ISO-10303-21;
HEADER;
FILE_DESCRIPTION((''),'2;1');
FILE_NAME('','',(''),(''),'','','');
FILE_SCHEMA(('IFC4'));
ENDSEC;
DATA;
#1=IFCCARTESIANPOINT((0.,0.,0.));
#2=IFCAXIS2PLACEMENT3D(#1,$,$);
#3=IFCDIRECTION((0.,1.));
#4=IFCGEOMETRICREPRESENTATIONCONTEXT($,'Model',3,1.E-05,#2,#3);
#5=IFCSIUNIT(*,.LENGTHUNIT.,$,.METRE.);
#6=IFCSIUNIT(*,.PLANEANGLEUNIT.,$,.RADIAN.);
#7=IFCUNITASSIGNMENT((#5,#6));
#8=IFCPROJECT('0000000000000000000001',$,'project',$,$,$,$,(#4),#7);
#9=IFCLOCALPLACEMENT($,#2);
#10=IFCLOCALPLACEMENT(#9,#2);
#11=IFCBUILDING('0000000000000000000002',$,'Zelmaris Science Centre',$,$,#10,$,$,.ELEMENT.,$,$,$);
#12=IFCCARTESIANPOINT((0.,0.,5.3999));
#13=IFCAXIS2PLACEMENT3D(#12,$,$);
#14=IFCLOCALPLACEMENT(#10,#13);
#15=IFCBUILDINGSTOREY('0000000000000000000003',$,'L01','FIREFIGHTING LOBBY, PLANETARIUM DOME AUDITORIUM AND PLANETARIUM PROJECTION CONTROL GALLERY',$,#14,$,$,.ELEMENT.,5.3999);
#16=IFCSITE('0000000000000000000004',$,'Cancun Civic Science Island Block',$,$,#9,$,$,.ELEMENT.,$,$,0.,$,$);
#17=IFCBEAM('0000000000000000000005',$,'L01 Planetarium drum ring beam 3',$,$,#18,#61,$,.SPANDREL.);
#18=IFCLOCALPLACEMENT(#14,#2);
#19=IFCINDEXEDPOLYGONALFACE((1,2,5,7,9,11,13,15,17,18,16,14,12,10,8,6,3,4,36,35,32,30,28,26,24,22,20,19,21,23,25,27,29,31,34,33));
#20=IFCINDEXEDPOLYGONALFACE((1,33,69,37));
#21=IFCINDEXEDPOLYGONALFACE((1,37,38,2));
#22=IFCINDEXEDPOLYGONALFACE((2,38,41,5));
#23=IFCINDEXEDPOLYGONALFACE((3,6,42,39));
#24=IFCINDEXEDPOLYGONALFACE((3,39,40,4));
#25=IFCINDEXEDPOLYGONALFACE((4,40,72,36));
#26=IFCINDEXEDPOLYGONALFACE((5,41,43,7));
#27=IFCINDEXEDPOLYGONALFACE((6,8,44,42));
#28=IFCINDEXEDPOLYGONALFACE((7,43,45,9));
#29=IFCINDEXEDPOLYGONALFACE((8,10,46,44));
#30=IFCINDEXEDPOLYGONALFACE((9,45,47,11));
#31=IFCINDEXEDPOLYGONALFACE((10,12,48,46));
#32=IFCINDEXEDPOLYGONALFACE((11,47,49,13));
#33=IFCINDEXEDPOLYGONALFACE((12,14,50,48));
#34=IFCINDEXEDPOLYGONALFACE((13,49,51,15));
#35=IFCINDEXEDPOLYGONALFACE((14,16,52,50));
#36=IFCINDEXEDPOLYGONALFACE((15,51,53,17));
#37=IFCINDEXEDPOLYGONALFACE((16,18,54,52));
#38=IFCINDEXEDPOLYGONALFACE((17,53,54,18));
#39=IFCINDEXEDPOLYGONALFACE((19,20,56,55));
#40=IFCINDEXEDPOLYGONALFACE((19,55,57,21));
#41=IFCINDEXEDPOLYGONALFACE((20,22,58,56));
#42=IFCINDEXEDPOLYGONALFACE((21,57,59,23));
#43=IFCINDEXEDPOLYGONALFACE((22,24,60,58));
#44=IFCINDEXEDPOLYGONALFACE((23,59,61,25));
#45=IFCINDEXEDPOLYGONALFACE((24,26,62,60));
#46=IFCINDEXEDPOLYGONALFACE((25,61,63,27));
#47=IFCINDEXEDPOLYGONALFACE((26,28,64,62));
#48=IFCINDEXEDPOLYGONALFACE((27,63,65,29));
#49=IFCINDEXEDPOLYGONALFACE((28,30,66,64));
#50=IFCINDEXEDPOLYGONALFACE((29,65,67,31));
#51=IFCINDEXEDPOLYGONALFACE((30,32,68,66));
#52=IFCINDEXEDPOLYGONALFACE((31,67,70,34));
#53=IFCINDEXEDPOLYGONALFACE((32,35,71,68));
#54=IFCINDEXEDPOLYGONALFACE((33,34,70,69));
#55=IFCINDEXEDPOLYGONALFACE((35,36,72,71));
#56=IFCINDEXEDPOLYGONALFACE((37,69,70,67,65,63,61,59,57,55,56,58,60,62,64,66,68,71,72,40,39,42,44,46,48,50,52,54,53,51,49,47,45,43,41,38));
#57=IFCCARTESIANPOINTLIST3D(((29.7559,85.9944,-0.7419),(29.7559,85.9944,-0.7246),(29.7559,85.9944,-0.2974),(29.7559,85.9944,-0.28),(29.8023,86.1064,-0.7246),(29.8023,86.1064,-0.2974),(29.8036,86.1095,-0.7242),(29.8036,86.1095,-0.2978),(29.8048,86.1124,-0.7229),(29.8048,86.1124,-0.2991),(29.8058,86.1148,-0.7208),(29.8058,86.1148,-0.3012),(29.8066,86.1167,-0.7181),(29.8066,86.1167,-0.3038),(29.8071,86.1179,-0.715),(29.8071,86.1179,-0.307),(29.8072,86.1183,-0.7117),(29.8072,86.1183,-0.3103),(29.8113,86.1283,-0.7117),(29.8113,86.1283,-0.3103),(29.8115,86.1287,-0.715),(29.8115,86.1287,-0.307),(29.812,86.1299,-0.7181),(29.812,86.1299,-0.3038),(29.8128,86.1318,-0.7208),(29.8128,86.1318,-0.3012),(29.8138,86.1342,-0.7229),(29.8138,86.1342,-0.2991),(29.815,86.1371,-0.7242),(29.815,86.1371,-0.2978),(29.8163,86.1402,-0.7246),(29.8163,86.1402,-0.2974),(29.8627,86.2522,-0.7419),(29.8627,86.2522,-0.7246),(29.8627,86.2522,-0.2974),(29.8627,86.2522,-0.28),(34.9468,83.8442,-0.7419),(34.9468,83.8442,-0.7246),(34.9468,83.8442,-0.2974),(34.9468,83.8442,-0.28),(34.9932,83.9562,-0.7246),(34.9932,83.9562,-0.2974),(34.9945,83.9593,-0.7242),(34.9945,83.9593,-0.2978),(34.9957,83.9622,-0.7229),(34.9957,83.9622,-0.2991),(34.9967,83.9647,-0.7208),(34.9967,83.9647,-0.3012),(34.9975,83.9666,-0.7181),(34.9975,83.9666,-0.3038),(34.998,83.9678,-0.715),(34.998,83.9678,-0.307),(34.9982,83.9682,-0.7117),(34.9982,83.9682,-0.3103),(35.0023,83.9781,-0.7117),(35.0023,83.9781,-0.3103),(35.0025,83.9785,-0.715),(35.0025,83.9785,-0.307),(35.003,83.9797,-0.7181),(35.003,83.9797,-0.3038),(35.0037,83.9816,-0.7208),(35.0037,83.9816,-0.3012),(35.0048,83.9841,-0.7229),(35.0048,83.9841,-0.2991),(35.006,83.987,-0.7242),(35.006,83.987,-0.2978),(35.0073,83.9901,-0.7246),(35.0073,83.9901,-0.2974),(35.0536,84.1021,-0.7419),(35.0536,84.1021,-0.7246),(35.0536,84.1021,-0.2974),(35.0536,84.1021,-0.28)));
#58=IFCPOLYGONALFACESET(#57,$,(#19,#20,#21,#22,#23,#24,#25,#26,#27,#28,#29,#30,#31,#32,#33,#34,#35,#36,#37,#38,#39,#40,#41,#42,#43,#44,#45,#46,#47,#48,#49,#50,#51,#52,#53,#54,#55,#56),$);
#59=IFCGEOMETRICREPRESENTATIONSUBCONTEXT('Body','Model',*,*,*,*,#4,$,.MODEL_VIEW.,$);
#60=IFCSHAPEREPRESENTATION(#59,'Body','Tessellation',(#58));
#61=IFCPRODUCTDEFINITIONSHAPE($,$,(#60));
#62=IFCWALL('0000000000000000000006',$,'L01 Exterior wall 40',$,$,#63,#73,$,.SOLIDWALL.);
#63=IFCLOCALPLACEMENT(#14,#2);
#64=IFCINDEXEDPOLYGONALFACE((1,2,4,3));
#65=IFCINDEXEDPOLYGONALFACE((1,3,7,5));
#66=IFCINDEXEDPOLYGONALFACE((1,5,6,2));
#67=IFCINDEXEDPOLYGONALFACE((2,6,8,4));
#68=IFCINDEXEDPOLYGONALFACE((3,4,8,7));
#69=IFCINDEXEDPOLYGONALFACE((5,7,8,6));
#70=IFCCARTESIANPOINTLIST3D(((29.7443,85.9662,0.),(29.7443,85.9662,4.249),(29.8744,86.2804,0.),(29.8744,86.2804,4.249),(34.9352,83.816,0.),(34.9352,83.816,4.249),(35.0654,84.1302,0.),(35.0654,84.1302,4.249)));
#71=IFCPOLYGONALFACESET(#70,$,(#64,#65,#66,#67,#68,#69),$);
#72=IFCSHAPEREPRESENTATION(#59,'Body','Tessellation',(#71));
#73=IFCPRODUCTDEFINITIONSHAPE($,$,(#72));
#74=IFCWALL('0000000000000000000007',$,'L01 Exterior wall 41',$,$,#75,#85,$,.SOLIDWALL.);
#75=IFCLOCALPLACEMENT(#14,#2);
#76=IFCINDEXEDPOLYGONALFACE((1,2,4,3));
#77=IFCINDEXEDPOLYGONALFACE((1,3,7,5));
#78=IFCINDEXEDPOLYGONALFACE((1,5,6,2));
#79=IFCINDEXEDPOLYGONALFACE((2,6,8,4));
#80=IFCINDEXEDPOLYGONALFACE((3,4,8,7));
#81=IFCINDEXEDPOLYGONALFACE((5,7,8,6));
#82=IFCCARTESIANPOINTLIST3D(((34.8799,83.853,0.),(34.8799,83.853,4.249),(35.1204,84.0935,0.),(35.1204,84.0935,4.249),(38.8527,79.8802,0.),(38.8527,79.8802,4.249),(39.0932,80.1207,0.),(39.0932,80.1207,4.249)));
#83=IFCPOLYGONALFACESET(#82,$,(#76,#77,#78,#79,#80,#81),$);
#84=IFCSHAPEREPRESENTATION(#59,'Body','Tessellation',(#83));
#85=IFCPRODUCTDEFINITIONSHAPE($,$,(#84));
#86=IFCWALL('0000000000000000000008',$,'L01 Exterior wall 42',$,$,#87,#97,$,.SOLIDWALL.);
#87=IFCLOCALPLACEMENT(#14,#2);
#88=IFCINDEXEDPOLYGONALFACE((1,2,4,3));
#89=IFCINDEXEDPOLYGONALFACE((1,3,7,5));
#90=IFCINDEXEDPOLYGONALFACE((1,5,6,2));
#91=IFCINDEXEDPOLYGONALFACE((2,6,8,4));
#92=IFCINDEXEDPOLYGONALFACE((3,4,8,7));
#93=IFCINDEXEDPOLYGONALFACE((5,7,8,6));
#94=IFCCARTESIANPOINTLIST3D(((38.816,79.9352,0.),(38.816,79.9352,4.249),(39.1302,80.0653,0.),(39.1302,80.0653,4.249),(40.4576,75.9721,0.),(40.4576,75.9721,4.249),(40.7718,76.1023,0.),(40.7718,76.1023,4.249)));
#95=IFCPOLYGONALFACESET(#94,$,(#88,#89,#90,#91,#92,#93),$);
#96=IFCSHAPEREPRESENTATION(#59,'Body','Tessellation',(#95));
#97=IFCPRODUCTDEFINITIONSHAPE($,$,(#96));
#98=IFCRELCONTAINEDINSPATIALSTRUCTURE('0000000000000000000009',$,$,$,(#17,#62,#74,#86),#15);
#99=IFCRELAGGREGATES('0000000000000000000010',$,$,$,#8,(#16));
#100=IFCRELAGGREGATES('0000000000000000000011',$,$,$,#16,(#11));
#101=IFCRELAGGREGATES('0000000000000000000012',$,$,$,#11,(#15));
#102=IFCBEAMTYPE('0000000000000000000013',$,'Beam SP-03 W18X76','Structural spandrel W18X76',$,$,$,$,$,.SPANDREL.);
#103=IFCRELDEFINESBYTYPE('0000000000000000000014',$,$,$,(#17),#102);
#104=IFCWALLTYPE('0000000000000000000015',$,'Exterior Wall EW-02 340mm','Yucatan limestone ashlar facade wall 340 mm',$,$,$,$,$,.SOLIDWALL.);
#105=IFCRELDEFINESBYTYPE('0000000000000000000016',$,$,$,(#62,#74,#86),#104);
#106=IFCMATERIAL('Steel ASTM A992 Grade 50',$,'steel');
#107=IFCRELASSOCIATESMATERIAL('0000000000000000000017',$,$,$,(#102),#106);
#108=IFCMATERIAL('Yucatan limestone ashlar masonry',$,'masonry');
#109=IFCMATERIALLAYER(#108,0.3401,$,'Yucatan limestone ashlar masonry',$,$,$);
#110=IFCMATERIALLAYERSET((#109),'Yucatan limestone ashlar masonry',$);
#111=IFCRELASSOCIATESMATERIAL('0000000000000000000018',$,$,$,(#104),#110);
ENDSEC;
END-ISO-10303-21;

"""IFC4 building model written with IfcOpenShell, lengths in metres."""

from ifc_helpers import new_model, si_unit, direction, frame, frame_2d, origin, origin_2d, place, context, subcontext, project, spatial, rectangle, i_section, extrude, material, layer, layer_set, material_profile, profile_set, type_object, element, save


model = new_model("IFC4")

# Units and contexts
model_context = context("Model", 3, precision=1e-05, world=origin(), true_north=direction((0.0, 1.0)))
body_context = subcontext(model_context, "Body", "Model", "MODEL_VIEW")
ifc_project = project(units=[si_unit("LENGTHUNIT", "METRE"), si_unit("PLANEANGLEUNIT", "RADIAN")], contexts=[model_context])

# Site, building, storey
site_placement = place(None, origin())
site = spatial("IfcSite", under=ifc_project, at=site_placement, Name="Cancun Civic Science Island Block", CompositionType="ELEMENT", RefElevation=0.0)
building_placement = place(site_placement, origin())
building = spatial("IfcBuilding", under=site, at=building_placement, Name="Zelmaris Science Centre", CompositionType="ELEMENT")
storey_placement = place(building_placement, frame((0.0, 0.0, 5.3999)))
storey = spatial("IfcBuildingStorey", under=building, at=storey_placement, Name="L01", Description="FIREFIGHTING LOBBY, PLANETARIUM DOME AUDITORIUM AND PLANETARIUM PROJECTION CONTROL GALLERY", CompositionType="ELEMENT", Elevation=5.3999)

# Beam
ifc_material_1 = material(Name="Steel ASTM A992 Grade 50", Category="steel")
ifc_material_profile_1 = material_profile(ifc_material_1, i_section(OverallWidth=0.2791, OverallDepth=0.4619, WebThickness=0.0107, FlangeThickness=0.0173, FilletRadius=0.0129, at=origin_2d()), Name="W18X76")
ifc_profile_set_1 = profile_set([ifc_material_profile_1], Name="Steel ASTM A992 Grade 50")
beam_type_1 = type_object("IfcBeamType", Name="Beam SP-03 W18X76", Description="Structural spandrel W18X76", PredefinedType="SPANDREL", material=ifc_profile_set_1)
beam_1_placement = place(storey_placement, frame((35.0002, 83.9731, -0.511), z_axis=(-0.92388, 0.382683, 0.0), x_axis=(-0.382683, -0.92388, 0.0)))
element("IfcBeam", 1, at=beam_1_placement, inside=storey, type_object=beam_type_1, Name="L01 Planetarium drum ring beam 3", PredefinedType="SPANDREL", context=body_context, shape_type="SweptSolid", body=[
    extrude(i_section(OverallWidth=0.2791, OverallDepth=0.4619, WebThickness=0.0107, FlangeThickness=0.0173, FilletRadius=0.0129, at=origin_2d()), origin(), (0.0, 0.0, 1.0), 5.6187),
])

# Walls
ifc_material_2 = material(Name="Yucatan limestone ashlar masonry", Category="masonry")
ifc_layer_1 = layer(ifc_material_2, 0.3401, Name="Yucatan limestone ashlar masonry")
ifc_layer_set_1 = layer_set([ifc_layer_1], Name="Yucatan limestone ashlar masonry")
wall_type = type_object("IfcWallType", Name="Exterior Wall EW-02 340mm", Description="Yucatan limestone ashlar facade wall 340 mm", PredefinedType="SOLIDWALL", material=ifc_layer_set_1)
wall_1_placement = place(storey_placement, frame((29.8093, 86.1233, 0.0), z_axis=(0.0, 0.0, 1.0), x_axis=(0.92388, -0.382683, 0.0)))
element("IfcWall", 2, at=wall_1_placement, inside=storey, type_object=wall_type, Name="L01 Exterior wall 40", PredefinedType="SOLIDWALL", context=body_context, shape_type="SweptSolid", body=[
    extrude(rectangle(XDim=5.6187, YDim=0.3401, at=frame_2d((2.8093, 0.0))), origin(), (0.0, 0.0, 1.0), 4.249),
])
wall_2_placement = place(storey_placement, frame((35.0002, 83.9731, 0.0), z_axis=(0.0, 0.0, 1.0), x_axis=(0.707107, -0.707107, 0.0)))
element("IfcWall", 3, at=wall_2_placement, inside=storey, type_object=wall_type, Name="L01 Exterior wall 41", PredefinedType="SOLIDWALL", context=body_context, shape_type="SweptSolid", body=[
    extrude(rectangle(XDim=5.6184, YDim=0.3401, at=frame_2d((2.8091, 0.0))), origin(), (0.0, 0.0, 1.0), 4.249),
])
wall_3_placement = place(storey_placement, frame((38.9731, 80.0002, 0.0), z_axis=(0.0, 0.0, 1.0), x_axis=(0.382687, -0.923878, 0.0)))
element("IfcWall", 4, at=wall_3_placement, inside=storey, type_object=wall_type, Name="L01 Exterior wall 42", PredefinedType="SOLIDWALL", context=body_context, shape_type="SweptSolid", body=[
    extrude(rectangle(XDim=4.2896, YDim=0.3401, at=frame_2d((2.1448, 0.0))), origin(), (0.0, 0.0, 1.0), 4.249),
])

save(model, "model.ifc")
